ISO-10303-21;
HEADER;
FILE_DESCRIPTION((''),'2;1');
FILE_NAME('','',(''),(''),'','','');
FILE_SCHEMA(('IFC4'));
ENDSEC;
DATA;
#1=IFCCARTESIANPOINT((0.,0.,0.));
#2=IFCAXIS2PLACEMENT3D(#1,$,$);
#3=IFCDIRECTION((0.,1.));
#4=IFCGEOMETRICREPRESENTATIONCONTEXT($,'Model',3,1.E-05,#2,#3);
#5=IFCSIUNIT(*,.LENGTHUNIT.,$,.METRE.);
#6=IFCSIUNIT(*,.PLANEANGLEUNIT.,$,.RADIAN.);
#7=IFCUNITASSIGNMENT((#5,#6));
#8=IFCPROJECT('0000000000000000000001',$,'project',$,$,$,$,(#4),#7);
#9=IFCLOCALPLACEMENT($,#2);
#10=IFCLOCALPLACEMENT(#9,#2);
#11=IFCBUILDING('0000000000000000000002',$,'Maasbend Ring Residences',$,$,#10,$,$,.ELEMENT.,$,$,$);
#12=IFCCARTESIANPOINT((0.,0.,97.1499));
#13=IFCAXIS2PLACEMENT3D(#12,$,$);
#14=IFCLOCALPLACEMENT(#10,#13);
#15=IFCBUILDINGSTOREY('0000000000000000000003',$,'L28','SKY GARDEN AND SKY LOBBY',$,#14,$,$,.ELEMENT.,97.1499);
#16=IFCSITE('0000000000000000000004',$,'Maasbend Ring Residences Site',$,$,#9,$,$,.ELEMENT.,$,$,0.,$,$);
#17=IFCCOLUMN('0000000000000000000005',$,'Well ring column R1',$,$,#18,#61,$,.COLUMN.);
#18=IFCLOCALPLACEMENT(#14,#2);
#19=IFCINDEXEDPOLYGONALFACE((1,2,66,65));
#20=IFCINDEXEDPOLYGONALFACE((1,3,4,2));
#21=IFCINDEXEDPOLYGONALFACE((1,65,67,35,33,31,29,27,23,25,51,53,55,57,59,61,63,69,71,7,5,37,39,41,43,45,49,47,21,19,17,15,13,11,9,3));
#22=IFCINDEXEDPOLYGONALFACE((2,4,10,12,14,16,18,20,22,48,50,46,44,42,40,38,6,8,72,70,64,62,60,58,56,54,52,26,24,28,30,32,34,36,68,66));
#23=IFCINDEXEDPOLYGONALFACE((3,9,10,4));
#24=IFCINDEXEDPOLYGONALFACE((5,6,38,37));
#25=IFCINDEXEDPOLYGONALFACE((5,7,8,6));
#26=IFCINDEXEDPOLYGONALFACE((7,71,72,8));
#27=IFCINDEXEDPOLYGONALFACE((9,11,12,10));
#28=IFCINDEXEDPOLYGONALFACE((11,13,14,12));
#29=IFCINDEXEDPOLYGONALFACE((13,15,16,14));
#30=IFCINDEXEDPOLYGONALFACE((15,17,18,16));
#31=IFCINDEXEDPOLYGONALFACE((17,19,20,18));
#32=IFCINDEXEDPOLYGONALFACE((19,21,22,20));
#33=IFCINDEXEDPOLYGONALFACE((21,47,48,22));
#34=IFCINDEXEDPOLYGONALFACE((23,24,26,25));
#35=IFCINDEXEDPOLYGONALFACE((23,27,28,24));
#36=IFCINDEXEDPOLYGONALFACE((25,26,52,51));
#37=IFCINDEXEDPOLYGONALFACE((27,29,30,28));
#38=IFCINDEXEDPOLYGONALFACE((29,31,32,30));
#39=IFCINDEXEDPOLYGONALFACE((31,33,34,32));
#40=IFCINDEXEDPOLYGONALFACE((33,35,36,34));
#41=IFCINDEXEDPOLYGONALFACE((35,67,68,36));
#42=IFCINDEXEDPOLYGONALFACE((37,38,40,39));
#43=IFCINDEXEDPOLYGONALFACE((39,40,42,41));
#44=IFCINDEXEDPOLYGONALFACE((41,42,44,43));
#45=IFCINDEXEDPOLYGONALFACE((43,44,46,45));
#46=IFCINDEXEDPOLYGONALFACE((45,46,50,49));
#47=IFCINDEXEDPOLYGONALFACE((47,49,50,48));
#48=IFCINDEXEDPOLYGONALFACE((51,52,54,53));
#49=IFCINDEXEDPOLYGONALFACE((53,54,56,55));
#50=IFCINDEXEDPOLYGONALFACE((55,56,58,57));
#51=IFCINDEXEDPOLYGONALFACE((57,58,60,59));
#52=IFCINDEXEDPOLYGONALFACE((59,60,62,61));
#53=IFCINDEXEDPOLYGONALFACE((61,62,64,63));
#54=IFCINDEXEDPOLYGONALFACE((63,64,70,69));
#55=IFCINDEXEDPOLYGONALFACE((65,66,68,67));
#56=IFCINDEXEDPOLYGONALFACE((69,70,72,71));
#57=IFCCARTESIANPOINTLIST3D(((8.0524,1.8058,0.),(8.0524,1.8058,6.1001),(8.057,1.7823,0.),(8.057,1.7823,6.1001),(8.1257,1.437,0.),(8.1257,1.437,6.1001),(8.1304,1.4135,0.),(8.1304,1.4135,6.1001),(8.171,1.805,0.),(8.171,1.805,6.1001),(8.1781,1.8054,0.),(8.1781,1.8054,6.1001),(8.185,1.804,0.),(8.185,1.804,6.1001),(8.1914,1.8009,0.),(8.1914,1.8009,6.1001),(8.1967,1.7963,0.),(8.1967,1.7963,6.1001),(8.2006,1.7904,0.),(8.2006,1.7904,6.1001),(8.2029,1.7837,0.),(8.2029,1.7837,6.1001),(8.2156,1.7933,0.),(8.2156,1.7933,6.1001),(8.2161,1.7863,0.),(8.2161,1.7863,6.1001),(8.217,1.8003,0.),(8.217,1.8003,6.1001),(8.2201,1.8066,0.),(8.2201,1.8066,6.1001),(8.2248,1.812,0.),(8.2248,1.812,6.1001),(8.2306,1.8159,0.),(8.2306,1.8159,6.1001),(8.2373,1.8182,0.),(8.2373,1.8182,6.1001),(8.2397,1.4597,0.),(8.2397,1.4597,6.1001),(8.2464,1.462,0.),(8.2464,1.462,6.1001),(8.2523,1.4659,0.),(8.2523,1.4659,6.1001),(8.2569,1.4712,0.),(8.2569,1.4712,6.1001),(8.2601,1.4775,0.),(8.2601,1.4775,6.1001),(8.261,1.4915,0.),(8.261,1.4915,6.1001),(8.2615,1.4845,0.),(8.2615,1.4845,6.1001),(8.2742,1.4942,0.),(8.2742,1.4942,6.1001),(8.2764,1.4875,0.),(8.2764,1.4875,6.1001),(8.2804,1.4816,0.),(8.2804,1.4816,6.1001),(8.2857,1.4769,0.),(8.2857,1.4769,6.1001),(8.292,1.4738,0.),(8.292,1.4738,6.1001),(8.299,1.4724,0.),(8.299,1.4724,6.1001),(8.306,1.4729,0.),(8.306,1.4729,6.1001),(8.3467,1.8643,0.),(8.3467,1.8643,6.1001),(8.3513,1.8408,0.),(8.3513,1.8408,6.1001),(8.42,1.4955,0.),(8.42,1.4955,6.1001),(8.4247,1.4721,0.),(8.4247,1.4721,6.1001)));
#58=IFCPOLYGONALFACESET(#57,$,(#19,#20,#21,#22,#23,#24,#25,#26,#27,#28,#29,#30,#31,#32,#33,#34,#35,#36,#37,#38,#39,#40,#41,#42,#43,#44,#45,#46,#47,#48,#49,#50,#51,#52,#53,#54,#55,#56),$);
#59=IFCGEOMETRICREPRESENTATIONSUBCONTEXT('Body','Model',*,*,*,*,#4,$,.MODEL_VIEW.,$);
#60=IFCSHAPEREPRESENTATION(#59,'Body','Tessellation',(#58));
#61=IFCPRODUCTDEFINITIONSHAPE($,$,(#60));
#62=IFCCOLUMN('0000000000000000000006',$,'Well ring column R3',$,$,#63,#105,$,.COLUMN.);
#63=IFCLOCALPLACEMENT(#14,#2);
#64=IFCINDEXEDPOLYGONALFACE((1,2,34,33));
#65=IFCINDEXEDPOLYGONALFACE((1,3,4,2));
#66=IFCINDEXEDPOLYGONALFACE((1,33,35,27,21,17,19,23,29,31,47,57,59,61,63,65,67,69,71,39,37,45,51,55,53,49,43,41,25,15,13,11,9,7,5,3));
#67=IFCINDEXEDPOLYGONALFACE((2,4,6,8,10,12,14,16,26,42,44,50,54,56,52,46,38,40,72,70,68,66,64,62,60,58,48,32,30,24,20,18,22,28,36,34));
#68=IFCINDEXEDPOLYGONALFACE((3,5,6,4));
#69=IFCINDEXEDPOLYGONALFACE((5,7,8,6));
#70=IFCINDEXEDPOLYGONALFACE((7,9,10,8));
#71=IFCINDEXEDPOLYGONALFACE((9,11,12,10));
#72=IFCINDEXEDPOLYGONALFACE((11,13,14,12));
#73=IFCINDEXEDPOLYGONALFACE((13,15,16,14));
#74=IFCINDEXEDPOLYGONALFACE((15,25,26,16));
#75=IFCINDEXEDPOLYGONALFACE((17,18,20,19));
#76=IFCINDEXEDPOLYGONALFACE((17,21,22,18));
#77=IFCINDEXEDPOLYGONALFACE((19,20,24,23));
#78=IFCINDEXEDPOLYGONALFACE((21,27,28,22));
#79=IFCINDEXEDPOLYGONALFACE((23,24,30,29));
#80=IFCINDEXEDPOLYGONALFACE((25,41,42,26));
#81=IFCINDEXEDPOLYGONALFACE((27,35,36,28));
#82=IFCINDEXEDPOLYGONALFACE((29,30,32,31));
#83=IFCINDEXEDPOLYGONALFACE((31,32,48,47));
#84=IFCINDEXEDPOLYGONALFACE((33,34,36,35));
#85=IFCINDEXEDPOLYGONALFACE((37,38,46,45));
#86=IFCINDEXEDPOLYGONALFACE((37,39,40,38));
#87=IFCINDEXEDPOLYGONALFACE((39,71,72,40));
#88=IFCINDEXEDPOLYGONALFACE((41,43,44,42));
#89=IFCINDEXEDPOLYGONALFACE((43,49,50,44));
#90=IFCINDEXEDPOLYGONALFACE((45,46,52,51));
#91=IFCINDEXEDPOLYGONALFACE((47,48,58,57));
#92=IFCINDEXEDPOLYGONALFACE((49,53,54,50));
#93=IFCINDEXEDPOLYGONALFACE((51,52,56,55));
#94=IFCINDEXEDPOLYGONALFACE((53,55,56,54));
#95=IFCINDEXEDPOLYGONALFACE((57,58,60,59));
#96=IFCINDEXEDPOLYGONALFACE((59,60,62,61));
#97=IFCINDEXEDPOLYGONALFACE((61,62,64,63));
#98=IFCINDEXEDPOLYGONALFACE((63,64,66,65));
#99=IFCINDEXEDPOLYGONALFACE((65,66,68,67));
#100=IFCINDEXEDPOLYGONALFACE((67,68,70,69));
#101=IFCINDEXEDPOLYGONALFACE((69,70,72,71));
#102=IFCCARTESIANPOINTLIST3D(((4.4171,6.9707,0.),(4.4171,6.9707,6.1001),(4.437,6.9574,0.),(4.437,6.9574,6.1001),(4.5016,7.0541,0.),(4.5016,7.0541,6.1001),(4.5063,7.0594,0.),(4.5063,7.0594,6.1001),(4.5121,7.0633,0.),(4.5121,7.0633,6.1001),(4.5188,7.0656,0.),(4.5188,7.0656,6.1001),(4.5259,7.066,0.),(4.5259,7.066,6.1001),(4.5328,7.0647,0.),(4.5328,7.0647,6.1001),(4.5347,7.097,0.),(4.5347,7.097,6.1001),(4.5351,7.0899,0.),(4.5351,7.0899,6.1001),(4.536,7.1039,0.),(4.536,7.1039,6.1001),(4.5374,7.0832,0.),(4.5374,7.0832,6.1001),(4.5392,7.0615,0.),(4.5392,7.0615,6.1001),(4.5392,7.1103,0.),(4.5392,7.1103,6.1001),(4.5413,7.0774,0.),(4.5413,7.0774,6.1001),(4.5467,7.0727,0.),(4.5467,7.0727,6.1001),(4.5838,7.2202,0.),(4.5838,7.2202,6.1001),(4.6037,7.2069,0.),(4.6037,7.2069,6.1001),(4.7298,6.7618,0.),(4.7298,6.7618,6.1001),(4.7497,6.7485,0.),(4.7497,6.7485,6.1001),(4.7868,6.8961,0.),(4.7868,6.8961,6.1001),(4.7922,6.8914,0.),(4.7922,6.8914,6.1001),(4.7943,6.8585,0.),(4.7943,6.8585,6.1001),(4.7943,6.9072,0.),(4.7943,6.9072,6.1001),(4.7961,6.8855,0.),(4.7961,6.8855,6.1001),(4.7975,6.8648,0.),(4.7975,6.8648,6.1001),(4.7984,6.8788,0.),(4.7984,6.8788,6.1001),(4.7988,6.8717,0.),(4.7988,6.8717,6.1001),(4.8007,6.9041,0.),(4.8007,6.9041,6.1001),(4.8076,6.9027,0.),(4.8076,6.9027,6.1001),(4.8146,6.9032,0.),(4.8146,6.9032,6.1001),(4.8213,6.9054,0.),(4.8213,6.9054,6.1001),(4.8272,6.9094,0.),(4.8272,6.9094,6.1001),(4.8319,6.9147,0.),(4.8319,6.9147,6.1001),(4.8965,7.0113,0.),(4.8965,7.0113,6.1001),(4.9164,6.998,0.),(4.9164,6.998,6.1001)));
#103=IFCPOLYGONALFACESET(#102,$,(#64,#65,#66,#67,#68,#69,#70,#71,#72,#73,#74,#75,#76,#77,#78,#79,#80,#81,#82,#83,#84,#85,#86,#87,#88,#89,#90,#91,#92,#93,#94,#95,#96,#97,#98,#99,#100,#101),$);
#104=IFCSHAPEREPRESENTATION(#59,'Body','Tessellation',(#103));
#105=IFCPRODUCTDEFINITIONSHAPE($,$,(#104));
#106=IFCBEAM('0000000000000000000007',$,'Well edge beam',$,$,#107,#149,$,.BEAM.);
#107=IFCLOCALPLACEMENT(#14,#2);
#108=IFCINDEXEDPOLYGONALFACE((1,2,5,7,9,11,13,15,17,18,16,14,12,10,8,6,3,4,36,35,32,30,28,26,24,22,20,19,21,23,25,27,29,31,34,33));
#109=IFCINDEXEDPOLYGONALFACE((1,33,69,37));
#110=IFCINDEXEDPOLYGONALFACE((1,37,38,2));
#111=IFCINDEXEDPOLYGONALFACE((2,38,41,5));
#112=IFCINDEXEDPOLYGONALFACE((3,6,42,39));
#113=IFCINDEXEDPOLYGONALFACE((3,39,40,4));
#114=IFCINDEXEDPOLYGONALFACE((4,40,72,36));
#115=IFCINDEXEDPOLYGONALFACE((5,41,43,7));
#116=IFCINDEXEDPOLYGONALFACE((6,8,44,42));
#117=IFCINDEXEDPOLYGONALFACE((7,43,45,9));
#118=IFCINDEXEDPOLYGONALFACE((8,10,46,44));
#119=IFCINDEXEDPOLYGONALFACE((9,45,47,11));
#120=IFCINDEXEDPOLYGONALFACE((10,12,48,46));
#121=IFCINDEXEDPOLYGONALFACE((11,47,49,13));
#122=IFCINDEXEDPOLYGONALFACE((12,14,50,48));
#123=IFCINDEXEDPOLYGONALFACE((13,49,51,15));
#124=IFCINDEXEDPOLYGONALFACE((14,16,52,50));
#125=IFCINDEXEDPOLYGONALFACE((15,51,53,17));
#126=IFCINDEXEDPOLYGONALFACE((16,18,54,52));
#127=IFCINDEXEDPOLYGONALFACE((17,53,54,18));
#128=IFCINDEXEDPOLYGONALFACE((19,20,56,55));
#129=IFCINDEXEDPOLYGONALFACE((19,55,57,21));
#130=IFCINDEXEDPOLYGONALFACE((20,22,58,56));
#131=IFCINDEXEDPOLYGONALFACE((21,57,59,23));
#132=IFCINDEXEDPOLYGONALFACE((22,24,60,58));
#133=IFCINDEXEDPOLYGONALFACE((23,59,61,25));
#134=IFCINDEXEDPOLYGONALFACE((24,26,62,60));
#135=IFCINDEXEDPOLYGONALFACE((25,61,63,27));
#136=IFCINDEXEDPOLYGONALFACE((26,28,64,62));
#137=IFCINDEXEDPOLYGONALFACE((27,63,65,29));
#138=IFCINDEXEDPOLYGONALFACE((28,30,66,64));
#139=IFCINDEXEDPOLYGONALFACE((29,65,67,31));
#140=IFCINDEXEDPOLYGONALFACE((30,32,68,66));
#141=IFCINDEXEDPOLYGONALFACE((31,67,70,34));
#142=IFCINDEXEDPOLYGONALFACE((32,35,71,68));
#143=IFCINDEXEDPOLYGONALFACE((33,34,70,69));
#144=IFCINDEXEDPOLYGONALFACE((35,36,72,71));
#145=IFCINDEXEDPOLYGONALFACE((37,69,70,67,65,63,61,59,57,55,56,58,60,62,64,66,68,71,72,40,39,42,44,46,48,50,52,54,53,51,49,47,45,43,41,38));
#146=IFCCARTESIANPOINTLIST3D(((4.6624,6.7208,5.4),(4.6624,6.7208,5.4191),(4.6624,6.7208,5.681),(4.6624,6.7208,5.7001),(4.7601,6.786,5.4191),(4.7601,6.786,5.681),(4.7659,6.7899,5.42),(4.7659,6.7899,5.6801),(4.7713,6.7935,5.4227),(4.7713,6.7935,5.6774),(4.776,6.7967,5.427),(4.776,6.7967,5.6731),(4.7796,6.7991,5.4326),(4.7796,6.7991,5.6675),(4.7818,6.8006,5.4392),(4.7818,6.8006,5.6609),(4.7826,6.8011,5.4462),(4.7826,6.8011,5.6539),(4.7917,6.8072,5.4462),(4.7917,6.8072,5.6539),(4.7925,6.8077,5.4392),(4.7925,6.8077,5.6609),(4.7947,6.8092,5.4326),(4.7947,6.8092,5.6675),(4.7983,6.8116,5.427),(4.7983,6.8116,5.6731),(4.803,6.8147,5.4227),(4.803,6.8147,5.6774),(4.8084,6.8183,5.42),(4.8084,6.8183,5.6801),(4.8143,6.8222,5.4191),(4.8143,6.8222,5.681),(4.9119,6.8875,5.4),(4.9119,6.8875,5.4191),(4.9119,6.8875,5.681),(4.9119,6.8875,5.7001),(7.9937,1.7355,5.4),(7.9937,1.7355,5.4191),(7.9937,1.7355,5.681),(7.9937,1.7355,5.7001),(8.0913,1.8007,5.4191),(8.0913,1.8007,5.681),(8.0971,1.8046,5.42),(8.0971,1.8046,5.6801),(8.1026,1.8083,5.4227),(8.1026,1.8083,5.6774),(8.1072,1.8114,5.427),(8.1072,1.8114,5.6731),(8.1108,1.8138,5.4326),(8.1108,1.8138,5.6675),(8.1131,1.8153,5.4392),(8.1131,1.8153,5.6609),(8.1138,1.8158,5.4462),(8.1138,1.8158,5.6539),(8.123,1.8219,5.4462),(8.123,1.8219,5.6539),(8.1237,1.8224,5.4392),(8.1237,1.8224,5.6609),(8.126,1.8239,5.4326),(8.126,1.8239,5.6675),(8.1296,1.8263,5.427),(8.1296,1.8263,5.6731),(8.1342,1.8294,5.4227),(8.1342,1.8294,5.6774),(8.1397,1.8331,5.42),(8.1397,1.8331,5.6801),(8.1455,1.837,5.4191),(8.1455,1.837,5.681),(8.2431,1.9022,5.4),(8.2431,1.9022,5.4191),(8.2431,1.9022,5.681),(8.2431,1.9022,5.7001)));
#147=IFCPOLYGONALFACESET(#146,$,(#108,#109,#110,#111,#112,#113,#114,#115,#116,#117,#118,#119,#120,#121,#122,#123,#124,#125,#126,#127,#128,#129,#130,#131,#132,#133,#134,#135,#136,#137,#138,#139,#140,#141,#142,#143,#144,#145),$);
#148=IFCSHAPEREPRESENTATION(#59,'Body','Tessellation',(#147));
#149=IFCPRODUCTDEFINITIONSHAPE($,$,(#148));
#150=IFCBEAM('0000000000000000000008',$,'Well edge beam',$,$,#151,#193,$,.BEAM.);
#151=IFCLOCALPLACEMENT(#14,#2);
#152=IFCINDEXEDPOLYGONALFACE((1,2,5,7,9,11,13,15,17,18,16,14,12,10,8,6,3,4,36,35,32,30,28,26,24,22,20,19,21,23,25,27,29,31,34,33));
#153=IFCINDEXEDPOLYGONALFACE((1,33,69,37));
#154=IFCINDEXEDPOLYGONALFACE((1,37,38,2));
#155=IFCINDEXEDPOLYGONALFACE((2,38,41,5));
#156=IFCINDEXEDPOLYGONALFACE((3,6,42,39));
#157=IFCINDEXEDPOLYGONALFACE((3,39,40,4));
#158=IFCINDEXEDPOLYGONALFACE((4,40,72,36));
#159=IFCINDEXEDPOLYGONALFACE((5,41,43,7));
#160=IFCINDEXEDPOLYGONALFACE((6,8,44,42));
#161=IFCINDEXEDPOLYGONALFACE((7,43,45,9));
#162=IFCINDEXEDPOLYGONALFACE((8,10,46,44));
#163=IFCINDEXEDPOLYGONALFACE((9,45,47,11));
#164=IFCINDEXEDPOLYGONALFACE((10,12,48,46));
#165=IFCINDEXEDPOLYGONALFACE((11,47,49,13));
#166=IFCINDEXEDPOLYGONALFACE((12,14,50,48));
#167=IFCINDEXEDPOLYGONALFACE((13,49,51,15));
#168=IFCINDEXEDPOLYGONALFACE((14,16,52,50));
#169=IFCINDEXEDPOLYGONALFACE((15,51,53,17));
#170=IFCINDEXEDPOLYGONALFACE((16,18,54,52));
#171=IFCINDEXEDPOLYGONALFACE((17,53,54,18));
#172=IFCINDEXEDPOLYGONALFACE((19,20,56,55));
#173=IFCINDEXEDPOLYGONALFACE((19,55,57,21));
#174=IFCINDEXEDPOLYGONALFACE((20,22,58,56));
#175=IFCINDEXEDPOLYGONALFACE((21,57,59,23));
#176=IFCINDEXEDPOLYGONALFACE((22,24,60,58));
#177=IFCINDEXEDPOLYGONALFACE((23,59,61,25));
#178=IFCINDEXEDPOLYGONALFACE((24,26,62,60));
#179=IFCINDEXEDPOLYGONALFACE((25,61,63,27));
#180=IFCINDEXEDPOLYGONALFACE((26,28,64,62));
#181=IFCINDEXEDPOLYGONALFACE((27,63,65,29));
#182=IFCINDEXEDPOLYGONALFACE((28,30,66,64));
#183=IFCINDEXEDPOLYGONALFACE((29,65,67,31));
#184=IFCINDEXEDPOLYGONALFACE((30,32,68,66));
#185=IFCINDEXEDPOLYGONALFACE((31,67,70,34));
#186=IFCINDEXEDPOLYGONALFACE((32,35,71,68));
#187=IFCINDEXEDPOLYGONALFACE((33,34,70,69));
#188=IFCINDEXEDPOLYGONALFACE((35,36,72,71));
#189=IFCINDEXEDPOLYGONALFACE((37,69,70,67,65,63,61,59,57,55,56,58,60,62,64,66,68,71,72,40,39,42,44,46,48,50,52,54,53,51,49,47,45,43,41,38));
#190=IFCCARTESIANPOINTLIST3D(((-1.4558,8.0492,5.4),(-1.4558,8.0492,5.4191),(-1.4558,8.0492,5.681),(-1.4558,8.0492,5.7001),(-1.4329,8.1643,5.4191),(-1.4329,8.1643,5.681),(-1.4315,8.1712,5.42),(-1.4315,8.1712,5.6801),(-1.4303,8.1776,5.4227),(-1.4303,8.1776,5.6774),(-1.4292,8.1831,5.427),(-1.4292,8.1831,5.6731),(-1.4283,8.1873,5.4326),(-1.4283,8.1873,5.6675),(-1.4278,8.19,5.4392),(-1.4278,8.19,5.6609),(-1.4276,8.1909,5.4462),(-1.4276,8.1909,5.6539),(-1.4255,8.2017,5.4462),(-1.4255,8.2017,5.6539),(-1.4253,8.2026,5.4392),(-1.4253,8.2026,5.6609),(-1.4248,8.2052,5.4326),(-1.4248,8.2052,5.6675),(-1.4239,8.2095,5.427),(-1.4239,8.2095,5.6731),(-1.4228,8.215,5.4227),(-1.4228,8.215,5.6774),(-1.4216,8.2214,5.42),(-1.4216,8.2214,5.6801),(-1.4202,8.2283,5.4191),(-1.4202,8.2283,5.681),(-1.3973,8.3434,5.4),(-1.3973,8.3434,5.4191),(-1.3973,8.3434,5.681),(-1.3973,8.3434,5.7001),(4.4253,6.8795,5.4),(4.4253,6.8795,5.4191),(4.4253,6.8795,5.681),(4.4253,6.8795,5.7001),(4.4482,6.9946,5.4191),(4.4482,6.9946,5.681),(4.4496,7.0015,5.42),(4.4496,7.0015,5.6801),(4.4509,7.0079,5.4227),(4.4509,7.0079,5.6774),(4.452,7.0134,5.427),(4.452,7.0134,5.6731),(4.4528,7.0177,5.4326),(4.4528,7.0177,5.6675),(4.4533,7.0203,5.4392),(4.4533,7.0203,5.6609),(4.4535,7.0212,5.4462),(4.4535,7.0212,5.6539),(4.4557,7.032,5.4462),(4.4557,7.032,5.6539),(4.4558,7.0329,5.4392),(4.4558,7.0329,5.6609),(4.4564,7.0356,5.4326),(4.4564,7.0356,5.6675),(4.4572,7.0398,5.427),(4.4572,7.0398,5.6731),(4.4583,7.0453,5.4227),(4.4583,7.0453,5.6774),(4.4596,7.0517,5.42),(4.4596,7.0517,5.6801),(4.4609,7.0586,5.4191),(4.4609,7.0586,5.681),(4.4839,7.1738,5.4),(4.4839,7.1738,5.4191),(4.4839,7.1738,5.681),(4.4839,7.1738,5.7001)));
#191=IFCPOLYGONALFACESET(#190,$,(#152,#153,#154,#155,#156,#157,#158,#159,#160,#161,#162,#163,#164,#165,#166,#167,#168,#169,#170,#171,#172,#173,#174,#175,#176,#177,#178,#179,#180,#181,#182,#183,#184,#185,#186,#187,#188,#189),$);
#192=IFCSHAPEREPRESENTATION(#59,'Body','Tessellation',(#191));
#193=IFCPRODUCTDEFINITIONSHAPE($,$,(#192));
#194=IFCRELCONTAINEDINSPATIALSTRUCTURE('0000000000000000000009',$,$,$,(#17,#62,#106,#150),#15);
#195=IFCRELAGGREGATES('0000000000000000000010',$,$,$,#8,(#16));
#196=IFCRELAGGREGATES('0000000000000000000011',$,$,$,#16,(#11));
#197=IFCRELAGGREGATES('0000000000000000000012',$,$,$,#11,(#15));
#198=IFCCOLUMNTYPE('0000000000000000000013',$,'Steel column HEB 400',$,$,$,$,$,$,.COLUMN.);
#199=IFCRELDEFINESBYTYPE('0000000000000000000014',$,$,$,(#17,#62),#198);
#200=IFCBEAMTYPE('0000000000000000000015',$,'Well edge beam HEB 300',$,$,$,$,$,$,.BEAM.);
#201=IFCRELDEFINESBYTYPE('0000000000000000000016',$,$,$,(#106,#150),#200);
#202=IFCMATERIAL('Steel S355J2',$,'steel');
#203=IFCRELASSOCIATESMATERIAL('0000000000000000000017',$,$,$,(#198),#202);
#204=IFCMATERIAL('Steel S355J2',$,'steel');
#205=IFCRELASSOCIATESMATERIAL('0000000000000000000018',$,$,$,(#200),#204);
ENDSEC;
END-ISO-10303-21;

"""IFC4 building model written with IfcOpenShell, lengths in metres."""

from ifc_helpers import new_model, si_unit, direction, frame, origin, origin_2d, place, context, subcontext, project, spatial, i_section, extrude, material, material_profile, profile_set, type_object, element, save


model = new_model("IFC4")

# Units and contexts
model_context = context("Model", 3, precision=1e-05, world=origin(), true_north=direction((0.0, 1.0)))
body_context = subcontext(model_context, "Body", "Model", "MODEL_VIEW")
ifc_project = project(units=[si_unit("LENGTHUNIT", "METRE"), si_unit("PLANEANGLEUNIT", "RADIAN")], contexts=[model_context])

# Site, building, storey
site_placement = place(None, origin())
site = spatial("IfcSite", under=ifc_project, at=site_placement, Name="Maasbend Ring Residences Site", CompositionType="ELEMENT", RefElevation=0.0)
building_placement = place(site_placement, origin())
building = spatial("IfcBuilding", under=site, at=building_placement, Name="Maasbend Ring Residences", CompositionType="ELEMENT")
storey_placement = place(building_placement, frame((0.0, 0.0, 97.1499)))
storey = spatial("IfcBuildingStorey", under=building, at=storey_placement, Name="L28", Description="SKY GARDEN AND SKY LOBBY", CompositionType="ELEMENT", Elevation=97.1499)

# Columns
ifc_material_1 = material(Name="Steel S355J2", Category="steel")
ifc_material_profile_1 = material_profile(ifc_material_1, i_section(OverallWidth=0.3, OverallDepth=0.3999, WebThickness=0.0134, FlangeThickness=0.0239, FilletRadius=0.0271, at=origin_2d()), Name="HEB 400")
ifc_profile_set_1 = profile_set([ifc_material_profile_1], Name="Steel S355J2")
column_type = type_object("IfcColumnType", Name="Steel column HEB 400", PredefinedType="COLUMN", material=ifc_profile_set_1)
for number, where, z_axis, x_axis, name in (
    (1, (8.2385, 1.6389, 0.0), (0.0, 0.0, 1.0), (0.980785, 0.19509, 0.0), "Well ring column R1"),
    (2, (4.6667, 6.9844, 0.0), (0.0, 0.0, 1.0), (0.55557, 0.83147, 0.0), "Well ring column R3"),
):
    element("IfcColumn", number, at=place(storey_placement, frame(where, z_axis=z_axis, x_axis=x_axis)), inside=storey, type_object=column_type, Name=name, PredefinedType="COLUMN", context=body_context, shape_type="SweptSolid", body=[
        extrude(i_section(OverallWidth=0.3, OverallDepth=0.3999, WebThickness=0.0134, FlangeThickness=0.0239, FilletRadius=0.0271, at=origin_2d()), origin(), (0.0, 0.0, 1.0), 6.1001),
    ])

# Beams
ifc_material_2 = material(Name="Steel S355J2", Category="steel")
ifc_material_profile_2 = material_profile(ifc_material_2, i_section(OverallWidth=0.3, OverallDepth=0.3, WebThickness=0.011, FlangeThickness=0.019, FilletRadius=0.0271, at=origin_2d()), Name="HEB 300")
ifc_profile_set_2 = profile_set([ifc_material_profile_2], Name="Steel S355J2")
beam_type = type_object("IfcBeamType", Name="Well edge beam HEB 300", PredefinedType="BEAM", material=ifc_profile_set_2)
beam_1_placement = place(storey_placement, frame((8.1184, 1.8188, 5.55), z_axis=(-0.555593, 0.831455, 0.0), x_axis=(-0.831455, -0.555593, 0.0)))
element("IfcBeam", 3, at=beam_1_placement, inside=storey, type_object=beam_type, Name="Well edge beam", PredefinedType="BEAM", context=body_context, shape_type="SweptSolid", body=[
    extrude(i_section(OverallWidth=0.3, OverallDepth=0.3, WebThickness=0.011, FlangeThickness=0.019, FilletRadius=0.0271, at=origin_2d()), origin(), (0.0, 0.0, 1.0), 5.9958),
])
beam_2_placement = place(storey_placement, frame((4.4546, 7.0266, 5.55), z_axis=(-0.98079, 0.195067, 0.0), x_axis=(-0.195067, -0.98079, 0.0)))
element("IfcBeam", 4, at=beam_2_placement, inside=storey, type_object=beam_type, Name="Well edge beam", PredefinedType="BEAM", context=body_context, shape_type="SweptSolid", body=[
    extrude(i_section(OverallWidth=0.3, OverallDepth=0.3, WebThickness=0.011, FlangeThickness=0.019, FilletRadius=0.0271, at=origin_2d()), origin(), (0.0, 0.0, 1.0), 5.9963),
])

save(model, "model.ifc")
